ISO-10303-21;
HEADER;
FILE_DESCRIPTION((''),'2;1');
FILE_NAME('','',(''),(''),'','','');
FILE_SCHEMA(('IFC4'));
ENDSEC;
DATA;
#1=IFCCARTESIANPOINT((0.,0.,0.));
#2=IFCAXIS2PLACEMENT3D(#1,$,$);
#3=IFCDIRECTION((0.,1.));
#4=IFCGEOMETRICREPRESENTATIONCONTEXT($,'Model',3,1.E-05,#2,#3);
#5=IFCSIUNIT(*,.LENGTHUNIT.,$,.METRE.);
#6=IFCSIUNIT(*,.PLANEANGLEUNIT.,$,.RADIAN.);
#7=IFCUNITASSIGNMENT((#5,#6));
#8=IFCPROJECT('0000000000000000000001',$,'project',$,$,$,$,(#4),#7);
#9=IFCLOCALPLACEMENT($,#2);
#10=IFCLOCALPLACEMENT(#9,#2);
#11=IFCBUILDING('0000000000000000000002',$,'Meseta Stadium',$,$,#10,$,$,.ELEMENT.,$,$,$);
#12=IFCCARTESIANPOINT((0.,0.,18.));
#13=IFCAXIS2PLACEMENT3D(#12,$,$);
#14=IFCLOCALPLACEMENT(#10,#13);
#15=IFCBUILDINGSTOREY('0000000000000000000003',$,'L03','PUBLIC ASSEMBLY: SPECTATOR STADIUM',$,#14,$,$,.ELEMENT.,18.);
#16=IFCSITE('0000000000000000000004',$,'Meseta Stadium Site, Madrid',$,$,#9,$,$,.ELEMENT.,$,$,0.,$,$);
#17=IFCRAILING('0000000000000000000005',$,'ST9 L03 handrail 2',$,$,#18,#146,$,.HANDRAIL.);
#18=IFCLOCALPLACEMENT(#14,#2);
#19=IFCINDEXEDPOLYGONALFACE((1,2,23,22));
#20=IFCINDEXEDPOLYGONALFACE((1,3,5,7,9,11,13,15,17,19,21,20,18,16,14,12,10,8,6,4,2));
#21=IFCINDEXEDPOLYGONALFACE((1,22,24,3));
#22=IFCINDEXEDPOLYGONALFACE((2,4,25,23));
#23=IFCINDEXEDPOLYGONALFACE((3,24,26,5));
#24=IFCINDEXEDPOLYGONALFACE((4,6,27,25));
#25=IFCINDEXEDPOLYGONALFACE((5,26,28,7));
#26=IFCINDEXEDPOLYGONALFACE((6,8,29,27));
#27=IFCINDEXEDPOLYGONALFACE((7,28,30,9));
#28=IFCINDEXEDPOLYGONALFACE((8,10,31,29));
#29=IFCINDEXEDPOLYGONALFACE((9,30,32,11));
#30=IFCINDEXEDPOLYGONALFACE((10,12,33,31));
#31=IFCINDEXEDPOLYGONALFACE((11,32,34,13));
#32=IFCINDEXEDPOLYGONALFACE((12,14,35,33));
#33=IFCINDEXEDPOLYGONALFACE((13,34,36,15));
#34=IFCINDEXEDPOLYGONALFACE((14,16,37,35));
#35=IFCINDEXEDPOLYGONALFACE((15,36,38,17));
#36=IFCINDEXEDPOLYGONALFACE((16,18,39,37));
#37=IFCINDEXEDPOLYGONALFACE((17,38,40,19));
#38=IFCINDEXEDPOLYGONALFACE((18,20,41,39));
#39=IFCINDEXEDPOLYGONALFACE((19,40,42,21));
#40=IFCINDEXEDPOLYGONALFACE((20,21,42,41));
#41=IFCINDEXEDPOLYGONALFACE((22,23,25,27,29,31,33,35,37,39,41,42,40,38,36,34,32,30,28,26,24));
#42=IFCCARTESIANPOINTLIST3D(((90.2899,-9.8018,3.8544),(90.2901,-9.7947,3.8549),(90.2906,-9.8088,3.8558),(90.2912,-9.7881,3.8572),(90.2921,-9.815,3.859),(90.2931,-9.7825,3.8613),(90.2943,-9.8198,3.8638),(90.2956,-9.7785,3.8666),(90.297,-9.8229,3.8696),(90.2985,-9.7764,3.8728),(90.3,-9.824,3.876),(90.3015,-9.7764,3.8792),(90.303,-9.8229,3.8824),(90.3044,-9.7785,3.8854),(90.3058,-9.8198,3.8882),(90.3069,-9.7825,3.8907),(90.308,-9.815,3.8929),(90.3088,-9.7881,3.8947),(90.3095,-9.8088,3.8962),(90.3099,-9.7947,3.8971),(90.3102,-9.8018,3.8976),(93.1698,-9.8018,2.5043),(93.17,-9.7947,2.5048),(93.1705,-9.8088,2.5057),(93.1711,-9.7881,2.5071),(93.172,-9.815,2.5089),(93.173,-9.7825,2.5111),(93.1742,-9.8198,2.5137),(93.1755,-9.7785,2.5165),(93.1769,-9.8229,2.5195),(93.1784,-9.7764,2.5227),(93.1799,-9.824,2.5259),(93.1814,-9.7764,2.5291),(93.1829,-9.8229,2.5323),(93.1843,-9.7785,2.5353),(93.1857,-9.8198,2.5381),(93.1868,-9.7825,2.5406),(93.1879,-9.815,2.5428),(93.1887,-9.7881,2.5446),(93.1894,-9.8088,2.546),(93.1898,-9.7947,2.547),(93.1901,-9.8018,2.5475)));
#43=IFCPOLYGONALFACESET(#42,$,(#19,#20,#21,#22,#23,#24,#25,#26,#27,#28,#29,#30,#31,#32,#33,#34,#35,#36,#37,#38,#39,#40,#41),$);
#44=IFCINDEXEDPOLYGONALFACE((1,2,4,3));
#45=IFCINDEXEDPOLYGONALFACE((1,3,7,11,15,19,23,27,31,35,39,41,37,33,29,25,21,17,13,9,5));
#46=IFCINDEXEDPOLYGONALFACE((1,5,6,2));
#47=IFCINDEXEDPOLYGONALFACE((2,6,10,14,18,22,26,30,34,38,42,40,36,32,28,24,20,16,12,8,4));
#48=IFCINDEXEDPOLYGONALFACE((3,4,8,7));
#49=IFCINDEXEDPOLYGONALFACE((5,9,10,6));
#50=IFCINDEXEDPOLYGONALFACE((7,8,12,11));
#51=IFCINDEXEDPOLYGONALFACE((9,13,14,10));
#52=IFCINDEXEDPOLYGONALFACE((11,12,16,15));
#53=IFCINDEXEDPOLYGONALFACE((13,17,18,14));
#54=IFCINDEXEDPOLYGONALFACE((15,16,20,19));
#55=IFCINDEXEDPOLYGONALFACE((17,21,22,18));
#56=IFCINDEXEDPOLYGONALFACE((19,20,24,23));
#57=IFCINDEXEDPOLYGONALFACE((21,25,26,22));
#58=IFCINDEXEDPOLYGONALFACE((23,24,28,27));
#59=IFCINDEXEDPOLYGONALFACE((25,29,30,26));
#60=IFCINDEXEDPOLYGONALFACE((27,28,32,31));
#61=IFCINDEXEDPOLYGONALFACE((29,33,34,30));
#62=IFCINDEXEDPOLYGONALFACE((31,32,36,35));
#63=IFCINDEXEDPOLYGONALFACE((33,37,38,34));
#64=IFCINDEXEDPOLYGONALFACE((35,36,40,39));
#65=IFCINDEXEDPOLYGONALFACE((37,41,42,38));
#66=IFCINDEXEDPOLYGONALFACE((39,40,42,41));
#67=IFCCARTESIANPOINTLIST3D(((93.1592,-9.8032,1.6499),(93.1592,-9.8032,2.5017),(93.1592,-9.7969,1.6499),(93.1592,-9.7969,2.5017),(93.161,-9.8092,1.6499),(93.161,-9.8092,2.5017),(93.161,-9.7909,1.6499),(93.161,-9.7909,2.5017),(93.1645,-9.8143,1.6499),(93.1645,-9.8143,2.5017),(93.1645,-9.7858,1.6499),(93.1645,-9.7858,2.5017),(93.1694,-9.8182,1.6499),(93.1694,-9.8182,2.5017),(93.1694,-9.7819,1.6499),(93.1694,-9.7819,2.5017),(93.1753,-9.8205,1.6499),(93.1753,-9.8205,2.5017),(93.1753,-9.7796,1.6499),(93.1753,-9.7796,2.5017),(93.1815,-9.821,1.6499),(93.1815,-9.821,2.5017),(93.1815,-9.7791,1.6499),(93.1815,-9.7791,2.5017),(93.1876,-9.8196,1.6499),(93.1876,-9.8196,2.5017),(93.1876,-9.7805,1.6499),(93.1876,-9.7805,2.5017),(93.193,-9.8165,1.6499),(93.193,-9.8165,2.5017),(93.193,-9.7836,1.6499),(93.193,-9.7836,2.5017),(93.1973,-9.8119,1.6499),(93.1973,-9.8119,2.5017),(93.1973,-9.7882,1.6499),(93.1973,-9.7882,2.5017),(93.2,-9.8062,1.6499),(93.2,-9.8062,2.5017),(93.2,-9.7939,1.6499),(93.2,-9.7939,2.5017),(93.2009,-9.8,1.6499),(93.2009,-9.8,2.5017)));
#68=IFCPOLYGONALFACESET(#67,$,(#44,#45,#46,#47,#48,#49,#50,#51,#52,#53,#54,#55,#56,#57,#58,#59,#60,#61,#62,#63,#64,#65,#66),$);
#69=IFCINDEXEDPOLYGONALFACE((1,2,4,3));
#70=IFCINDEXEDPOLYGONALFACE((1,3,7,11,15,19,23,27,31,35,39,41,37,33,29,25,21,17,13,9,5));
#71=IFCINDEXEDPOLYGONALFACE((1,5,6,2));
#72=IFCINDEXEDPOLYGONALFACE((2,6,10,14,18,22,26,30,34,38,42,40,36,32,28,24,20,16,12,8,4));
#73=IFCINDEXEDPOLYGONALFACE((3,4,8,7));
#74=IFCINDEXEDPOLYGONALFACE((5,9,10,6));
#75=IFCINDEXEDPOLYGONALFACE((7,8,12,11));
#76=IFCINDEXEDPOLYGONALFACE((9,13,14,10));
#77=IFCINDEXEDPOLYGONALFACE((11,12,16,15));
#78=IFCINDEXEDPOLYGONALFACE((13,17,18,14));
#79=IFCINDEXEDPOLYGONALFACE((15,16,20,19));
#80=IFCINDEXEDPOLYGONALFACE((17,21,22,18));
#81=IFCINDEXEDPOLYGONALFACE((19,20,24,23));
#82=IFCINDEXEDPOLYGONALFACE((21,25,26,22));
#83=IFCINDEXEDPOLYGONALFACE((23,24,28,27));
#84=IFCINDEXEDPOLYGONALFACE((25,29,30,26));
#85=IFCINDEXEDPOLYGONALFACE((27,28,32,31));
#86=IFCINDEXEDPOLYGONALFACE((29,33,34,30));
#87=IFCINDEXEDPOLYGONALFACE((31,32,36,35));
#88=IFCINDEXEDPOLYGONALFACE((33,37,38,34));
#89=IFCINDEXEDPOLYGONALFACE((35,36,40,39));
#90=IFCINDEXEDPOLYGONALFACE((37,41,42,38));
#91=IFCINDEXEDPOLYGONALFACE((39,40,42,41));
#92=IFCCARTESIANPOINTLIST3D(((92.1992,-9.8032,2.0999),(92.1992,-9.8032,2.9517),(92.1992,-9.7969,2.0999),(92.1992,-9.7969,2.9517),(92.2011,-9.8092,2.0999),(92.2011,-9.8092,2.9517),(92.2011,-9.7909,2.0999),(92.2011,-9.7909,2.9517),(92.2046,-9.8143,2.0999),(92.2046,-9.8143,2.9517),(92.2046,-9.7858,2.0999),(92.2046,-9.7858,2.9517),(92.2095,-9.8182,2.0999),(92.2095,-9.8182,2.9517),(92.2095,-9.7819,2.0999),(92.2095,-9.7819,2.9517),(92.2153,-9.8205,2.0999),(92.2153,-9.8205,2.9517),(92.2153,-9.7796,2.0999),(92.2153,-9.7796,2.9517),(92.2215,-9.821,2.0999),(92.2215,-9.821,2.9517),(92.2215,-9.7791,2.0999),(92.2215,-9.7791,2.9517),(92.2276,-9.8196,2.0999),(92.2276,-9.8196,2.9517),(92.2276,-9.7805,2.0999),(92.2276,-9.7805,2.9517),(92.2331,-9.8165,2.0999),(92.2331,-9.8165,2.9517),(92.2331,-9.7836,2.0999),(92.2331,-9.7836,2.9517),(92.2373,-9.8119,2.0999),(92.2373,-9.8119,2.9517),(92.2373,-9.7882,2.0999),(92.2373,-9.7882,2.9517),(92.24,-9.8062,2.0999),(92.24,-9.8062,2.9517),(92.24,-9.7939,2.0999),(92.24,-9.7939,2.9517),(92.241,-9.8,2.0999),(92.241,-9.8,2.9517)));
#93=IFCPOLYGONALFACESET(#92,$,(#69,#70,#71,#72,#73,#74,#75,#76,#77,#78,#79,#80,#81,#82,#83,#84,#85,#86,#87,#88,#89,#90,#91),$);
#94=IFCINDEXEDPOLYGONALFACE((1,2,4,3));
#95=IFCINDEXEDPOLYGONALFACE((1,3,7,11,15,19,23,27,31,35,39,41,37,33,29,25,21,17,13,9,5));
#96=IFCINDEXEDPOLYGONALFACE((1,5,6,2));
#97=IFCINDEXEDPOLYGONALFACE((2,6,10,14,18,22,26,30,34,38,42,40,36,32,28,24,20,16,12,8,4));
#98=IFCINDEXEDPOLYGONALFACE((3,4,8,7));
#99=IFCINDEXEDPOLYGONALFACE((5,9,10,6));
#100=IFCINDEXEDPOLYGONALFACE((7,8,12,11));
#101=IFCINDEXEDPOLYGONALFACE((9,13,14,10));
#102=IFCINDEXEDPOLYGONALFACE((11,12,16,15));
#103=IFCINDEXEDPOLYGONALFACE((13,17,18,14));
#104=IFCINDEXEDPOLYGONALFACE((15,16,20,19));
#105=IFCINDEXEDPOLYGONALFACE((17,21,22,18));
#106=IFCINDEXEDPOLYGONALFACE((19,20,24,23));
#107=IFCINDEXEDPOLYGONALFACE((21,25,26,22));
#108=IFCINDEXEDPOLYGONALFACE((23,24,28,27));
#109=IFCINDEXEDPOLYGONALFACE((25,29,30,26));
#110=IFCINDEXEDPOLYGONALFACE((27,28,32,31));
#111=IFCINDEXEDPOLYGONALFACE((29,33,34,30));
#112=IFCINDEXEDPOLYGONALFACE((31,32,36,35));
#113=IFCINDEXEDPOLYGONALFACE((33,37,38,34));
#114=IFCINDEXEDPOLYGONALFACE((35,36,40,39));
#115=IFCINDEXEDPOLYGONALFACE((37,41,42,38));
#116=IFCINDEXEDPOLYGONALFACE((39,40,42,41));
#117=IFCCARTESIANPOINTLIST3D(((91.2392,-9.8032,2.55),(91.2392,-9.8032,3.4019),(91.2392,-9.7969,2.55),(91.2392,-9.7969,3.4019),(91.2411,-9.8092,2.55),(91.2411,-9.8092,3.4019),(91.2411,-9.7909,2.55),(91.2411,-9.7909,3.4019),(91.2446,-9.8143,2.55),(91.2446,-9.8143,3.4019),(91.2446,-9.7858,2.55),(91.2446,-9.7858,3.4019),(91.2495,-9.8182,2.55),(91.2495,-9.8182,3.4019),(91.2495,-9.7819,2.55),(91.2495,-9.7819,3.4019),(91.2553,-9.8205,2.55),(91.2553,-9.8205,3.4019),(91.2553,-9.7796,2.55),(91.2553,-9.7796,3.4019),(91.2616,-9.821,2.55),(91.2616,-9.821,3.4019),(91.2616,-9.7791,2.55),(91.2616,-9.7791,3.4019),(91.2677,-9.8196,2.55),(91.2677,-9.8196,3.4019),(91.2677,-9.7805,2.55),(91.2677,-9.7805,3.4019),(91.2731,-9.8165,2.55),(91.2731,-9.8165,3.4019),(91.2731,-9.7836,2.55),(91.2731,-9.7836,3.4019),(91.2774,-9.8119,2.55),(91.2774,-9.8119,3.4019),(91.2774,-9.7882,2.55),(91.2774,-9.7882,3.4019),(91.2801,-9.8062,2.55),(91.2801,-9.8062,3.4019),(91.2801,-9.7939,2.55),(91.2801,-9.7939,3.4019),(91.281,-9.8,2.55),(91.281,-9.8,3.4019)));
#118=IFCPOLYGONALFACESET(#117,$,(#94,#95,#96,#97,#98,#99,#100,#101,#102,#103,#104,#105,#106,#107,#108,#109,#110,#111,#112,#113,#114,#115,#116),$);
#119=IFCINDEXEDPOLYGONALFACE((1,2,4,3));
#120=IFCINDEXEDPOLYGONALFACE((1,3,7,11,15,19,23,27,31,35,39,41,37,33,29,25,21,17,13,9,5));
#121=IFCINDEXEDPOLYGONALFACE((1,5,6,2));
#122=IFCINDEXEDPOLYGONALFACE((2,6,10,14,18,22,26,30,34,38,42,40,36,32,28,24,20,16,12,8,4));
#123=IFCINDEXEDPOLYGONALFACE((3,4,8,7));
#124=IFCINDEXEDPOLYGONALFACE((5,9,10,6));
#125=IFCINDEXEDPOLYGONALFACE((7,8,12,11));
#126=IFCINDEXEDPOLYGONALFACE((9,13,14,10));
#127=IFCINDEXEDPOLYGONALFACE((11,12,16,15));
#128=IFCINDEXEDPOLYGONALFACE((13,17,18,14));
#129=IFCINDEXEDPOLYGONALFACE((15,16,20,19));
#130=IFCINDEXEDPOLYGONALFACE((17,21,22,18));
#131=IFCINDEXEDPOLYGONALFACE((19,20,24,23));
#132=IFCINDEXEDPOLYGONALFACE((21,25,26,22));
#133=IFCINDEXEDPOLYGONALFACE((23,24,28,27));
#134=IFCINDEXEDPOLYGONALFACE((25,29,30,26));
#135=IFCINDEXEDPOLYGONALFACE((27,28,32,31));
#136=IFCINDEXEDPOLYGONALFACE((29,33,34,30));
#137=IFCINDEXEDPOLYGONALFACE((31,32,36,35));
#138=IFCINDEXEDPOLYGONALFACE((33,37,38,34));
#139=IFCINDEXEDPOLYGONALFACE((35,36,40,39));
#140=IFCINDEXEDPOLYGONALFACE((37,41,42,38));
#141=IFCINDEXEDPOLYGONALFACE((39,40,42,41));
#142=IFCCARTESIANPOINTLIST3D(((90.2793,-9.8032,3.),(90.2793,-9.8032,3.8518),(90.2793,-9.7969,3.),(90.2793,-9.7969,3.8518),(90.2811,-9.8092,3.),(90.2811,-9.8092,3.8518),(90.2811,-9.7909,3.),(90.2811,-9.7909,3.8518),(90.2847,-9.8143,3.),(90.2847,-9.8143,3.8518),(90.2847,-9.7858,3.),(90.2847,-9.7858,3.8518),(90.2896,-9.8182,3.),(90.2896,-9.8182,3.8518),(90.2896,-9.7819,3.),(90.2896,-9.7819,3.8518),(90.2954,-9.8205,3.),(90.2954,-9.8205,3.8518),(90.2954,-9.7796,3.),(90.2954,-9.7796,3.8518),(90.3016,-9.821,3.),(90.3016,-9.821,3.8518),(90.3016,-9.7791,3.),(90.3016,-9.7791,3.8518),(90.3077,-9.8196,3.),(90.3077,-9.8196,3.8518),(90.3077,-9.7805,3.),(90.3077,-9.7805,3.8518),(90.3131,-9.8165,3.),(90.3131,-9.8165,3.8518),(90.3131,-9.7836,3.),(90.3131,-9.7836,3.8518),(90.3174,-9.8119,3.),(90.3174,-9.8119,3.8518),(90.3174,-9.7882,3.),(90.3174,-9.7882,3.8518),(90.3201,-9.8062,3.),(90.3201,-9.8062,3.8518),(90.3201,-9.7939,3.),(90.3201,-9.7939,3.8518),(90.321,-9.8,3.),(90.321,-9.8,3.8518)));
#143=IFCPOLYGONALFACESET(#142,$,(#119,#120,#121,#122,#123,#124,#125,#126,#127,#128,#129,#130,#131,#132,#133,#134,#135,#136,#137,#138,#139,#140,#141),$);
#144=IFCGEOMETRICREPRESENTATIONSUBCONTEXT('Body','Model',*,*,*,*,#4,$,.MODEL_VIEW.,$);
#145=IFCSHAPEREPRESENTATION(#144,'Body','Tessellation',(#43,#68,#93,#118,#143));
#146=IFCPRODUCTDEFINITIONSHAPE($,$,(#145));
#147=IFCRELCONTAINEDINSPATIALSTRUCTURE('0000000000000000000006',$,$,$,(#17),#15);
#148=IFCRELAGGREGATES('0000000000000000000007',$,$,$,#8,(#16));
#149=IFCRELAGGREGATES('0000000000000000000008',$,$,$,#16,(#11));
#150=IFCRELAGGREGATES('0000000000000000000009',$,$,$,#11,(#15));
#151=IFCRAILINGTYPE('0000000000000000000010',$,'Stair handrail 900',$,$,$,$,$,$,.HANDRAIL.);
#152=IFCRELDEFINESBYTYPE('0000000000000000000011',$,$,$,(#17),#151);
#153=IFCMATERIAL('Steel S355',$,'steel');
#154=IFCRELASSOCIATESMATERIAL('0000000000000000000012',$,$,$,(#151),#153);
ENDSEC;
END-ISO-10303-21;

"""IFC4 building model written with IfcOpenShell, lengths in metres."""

from ifc_helpers import new_model, si_unit, direction, frame, origin, origin_2d, place, context, subcontext, project, spatial, circle, extrude, material, type_object, element, save


model = new_model("IFC4")

# Units and contexts
model_context = context("Model", 3, precision=1e-05, world=origin(), true_north=direction((0.0, 1.0)))
body_context = subcontext(model_context, "Body", "Model", "MODEL_VIEW")
ifc_project = project(units=[si_unit("LENGTHUNIT", "METRE"), si_unit("PLANEANGLEUNIT", "RADIAN")], contexts=[model_context])

# Site, building, storey
site_placement = place(None, origin())
site = spatial("IfcSite", under=ifc_project, at=site_placement, Name="Meseta Stadium Site, Madrid", CompositionType="ELEMENT", RefElevation=0.0)
building_placement = place(site_placement, origin())
building = spatial("IfcBuilding", under=site, at=building_placement, Name="Meseta Stadium", CompositionType="ELEMENT")
storey_placement = place(building_placement, frame((0.0, 0.0, 18.0)))
storey = spatial("IfcBuildingStorey", under=building, at=storey_placement, Name="L03", Description="PUBLIC ASSEMBLY: SPECTATOR STADIUM", CompositionType="ELEMENT", Elevation=18.0)

# Railing
ifc_material_1 = material(Name="Steel S355", Category="steel")
railing_type_1 = type_object("IfcRailingType", Name="Stair handrail 900", PredefinedType="HANDRAIL", material=ifc_material_1)
for number, where, name in (
    (1, (93.1799, -9.8, 1.6499), "ST9 L03 handrail 2"),
):
    element("IfcRailing", number, at=place(storey_placement, frame(where)), inside=storey, type_object=railing_type_1, Name=name, PredefinedType="HANDRAIL", context=body_context, shape_type="SweptSolid", body=[
        extrude(circle(Radius=0.0239, at=origin_2d()), frame((0.0, 0.0, 0.876), z_axis=(-0.90544, 0.0, 0.424473), x_axis=(0.0, -1.0, 0.0)), (0.0, 0.0, 1.0), 3.1807),
        extrude(circle(Radius=0.021, at=origin_2d()), origin(), (0.0, 0.0, 1.0), 0.8518),
        extrude(circle(Radius=0.021, at=origin_2d()), frame((-0.96, 0.0, 0.45)), (0.0, 0.0, 1.0), 0.8518),
        extrude(circle(Radius=0.021, at=origin_2d()), frame((-1.9199, 0.0, 0.9001)), (0.0, 0.0, 1.0), 0.8518),
        extrude(circle(Radius=0.021, at=origin_2d()), frame((-2.8799, 0.0, 1.3501)), (0.0, 0.0, 1.0), 0.8518),
    ])

save(model, "model.ifc")
